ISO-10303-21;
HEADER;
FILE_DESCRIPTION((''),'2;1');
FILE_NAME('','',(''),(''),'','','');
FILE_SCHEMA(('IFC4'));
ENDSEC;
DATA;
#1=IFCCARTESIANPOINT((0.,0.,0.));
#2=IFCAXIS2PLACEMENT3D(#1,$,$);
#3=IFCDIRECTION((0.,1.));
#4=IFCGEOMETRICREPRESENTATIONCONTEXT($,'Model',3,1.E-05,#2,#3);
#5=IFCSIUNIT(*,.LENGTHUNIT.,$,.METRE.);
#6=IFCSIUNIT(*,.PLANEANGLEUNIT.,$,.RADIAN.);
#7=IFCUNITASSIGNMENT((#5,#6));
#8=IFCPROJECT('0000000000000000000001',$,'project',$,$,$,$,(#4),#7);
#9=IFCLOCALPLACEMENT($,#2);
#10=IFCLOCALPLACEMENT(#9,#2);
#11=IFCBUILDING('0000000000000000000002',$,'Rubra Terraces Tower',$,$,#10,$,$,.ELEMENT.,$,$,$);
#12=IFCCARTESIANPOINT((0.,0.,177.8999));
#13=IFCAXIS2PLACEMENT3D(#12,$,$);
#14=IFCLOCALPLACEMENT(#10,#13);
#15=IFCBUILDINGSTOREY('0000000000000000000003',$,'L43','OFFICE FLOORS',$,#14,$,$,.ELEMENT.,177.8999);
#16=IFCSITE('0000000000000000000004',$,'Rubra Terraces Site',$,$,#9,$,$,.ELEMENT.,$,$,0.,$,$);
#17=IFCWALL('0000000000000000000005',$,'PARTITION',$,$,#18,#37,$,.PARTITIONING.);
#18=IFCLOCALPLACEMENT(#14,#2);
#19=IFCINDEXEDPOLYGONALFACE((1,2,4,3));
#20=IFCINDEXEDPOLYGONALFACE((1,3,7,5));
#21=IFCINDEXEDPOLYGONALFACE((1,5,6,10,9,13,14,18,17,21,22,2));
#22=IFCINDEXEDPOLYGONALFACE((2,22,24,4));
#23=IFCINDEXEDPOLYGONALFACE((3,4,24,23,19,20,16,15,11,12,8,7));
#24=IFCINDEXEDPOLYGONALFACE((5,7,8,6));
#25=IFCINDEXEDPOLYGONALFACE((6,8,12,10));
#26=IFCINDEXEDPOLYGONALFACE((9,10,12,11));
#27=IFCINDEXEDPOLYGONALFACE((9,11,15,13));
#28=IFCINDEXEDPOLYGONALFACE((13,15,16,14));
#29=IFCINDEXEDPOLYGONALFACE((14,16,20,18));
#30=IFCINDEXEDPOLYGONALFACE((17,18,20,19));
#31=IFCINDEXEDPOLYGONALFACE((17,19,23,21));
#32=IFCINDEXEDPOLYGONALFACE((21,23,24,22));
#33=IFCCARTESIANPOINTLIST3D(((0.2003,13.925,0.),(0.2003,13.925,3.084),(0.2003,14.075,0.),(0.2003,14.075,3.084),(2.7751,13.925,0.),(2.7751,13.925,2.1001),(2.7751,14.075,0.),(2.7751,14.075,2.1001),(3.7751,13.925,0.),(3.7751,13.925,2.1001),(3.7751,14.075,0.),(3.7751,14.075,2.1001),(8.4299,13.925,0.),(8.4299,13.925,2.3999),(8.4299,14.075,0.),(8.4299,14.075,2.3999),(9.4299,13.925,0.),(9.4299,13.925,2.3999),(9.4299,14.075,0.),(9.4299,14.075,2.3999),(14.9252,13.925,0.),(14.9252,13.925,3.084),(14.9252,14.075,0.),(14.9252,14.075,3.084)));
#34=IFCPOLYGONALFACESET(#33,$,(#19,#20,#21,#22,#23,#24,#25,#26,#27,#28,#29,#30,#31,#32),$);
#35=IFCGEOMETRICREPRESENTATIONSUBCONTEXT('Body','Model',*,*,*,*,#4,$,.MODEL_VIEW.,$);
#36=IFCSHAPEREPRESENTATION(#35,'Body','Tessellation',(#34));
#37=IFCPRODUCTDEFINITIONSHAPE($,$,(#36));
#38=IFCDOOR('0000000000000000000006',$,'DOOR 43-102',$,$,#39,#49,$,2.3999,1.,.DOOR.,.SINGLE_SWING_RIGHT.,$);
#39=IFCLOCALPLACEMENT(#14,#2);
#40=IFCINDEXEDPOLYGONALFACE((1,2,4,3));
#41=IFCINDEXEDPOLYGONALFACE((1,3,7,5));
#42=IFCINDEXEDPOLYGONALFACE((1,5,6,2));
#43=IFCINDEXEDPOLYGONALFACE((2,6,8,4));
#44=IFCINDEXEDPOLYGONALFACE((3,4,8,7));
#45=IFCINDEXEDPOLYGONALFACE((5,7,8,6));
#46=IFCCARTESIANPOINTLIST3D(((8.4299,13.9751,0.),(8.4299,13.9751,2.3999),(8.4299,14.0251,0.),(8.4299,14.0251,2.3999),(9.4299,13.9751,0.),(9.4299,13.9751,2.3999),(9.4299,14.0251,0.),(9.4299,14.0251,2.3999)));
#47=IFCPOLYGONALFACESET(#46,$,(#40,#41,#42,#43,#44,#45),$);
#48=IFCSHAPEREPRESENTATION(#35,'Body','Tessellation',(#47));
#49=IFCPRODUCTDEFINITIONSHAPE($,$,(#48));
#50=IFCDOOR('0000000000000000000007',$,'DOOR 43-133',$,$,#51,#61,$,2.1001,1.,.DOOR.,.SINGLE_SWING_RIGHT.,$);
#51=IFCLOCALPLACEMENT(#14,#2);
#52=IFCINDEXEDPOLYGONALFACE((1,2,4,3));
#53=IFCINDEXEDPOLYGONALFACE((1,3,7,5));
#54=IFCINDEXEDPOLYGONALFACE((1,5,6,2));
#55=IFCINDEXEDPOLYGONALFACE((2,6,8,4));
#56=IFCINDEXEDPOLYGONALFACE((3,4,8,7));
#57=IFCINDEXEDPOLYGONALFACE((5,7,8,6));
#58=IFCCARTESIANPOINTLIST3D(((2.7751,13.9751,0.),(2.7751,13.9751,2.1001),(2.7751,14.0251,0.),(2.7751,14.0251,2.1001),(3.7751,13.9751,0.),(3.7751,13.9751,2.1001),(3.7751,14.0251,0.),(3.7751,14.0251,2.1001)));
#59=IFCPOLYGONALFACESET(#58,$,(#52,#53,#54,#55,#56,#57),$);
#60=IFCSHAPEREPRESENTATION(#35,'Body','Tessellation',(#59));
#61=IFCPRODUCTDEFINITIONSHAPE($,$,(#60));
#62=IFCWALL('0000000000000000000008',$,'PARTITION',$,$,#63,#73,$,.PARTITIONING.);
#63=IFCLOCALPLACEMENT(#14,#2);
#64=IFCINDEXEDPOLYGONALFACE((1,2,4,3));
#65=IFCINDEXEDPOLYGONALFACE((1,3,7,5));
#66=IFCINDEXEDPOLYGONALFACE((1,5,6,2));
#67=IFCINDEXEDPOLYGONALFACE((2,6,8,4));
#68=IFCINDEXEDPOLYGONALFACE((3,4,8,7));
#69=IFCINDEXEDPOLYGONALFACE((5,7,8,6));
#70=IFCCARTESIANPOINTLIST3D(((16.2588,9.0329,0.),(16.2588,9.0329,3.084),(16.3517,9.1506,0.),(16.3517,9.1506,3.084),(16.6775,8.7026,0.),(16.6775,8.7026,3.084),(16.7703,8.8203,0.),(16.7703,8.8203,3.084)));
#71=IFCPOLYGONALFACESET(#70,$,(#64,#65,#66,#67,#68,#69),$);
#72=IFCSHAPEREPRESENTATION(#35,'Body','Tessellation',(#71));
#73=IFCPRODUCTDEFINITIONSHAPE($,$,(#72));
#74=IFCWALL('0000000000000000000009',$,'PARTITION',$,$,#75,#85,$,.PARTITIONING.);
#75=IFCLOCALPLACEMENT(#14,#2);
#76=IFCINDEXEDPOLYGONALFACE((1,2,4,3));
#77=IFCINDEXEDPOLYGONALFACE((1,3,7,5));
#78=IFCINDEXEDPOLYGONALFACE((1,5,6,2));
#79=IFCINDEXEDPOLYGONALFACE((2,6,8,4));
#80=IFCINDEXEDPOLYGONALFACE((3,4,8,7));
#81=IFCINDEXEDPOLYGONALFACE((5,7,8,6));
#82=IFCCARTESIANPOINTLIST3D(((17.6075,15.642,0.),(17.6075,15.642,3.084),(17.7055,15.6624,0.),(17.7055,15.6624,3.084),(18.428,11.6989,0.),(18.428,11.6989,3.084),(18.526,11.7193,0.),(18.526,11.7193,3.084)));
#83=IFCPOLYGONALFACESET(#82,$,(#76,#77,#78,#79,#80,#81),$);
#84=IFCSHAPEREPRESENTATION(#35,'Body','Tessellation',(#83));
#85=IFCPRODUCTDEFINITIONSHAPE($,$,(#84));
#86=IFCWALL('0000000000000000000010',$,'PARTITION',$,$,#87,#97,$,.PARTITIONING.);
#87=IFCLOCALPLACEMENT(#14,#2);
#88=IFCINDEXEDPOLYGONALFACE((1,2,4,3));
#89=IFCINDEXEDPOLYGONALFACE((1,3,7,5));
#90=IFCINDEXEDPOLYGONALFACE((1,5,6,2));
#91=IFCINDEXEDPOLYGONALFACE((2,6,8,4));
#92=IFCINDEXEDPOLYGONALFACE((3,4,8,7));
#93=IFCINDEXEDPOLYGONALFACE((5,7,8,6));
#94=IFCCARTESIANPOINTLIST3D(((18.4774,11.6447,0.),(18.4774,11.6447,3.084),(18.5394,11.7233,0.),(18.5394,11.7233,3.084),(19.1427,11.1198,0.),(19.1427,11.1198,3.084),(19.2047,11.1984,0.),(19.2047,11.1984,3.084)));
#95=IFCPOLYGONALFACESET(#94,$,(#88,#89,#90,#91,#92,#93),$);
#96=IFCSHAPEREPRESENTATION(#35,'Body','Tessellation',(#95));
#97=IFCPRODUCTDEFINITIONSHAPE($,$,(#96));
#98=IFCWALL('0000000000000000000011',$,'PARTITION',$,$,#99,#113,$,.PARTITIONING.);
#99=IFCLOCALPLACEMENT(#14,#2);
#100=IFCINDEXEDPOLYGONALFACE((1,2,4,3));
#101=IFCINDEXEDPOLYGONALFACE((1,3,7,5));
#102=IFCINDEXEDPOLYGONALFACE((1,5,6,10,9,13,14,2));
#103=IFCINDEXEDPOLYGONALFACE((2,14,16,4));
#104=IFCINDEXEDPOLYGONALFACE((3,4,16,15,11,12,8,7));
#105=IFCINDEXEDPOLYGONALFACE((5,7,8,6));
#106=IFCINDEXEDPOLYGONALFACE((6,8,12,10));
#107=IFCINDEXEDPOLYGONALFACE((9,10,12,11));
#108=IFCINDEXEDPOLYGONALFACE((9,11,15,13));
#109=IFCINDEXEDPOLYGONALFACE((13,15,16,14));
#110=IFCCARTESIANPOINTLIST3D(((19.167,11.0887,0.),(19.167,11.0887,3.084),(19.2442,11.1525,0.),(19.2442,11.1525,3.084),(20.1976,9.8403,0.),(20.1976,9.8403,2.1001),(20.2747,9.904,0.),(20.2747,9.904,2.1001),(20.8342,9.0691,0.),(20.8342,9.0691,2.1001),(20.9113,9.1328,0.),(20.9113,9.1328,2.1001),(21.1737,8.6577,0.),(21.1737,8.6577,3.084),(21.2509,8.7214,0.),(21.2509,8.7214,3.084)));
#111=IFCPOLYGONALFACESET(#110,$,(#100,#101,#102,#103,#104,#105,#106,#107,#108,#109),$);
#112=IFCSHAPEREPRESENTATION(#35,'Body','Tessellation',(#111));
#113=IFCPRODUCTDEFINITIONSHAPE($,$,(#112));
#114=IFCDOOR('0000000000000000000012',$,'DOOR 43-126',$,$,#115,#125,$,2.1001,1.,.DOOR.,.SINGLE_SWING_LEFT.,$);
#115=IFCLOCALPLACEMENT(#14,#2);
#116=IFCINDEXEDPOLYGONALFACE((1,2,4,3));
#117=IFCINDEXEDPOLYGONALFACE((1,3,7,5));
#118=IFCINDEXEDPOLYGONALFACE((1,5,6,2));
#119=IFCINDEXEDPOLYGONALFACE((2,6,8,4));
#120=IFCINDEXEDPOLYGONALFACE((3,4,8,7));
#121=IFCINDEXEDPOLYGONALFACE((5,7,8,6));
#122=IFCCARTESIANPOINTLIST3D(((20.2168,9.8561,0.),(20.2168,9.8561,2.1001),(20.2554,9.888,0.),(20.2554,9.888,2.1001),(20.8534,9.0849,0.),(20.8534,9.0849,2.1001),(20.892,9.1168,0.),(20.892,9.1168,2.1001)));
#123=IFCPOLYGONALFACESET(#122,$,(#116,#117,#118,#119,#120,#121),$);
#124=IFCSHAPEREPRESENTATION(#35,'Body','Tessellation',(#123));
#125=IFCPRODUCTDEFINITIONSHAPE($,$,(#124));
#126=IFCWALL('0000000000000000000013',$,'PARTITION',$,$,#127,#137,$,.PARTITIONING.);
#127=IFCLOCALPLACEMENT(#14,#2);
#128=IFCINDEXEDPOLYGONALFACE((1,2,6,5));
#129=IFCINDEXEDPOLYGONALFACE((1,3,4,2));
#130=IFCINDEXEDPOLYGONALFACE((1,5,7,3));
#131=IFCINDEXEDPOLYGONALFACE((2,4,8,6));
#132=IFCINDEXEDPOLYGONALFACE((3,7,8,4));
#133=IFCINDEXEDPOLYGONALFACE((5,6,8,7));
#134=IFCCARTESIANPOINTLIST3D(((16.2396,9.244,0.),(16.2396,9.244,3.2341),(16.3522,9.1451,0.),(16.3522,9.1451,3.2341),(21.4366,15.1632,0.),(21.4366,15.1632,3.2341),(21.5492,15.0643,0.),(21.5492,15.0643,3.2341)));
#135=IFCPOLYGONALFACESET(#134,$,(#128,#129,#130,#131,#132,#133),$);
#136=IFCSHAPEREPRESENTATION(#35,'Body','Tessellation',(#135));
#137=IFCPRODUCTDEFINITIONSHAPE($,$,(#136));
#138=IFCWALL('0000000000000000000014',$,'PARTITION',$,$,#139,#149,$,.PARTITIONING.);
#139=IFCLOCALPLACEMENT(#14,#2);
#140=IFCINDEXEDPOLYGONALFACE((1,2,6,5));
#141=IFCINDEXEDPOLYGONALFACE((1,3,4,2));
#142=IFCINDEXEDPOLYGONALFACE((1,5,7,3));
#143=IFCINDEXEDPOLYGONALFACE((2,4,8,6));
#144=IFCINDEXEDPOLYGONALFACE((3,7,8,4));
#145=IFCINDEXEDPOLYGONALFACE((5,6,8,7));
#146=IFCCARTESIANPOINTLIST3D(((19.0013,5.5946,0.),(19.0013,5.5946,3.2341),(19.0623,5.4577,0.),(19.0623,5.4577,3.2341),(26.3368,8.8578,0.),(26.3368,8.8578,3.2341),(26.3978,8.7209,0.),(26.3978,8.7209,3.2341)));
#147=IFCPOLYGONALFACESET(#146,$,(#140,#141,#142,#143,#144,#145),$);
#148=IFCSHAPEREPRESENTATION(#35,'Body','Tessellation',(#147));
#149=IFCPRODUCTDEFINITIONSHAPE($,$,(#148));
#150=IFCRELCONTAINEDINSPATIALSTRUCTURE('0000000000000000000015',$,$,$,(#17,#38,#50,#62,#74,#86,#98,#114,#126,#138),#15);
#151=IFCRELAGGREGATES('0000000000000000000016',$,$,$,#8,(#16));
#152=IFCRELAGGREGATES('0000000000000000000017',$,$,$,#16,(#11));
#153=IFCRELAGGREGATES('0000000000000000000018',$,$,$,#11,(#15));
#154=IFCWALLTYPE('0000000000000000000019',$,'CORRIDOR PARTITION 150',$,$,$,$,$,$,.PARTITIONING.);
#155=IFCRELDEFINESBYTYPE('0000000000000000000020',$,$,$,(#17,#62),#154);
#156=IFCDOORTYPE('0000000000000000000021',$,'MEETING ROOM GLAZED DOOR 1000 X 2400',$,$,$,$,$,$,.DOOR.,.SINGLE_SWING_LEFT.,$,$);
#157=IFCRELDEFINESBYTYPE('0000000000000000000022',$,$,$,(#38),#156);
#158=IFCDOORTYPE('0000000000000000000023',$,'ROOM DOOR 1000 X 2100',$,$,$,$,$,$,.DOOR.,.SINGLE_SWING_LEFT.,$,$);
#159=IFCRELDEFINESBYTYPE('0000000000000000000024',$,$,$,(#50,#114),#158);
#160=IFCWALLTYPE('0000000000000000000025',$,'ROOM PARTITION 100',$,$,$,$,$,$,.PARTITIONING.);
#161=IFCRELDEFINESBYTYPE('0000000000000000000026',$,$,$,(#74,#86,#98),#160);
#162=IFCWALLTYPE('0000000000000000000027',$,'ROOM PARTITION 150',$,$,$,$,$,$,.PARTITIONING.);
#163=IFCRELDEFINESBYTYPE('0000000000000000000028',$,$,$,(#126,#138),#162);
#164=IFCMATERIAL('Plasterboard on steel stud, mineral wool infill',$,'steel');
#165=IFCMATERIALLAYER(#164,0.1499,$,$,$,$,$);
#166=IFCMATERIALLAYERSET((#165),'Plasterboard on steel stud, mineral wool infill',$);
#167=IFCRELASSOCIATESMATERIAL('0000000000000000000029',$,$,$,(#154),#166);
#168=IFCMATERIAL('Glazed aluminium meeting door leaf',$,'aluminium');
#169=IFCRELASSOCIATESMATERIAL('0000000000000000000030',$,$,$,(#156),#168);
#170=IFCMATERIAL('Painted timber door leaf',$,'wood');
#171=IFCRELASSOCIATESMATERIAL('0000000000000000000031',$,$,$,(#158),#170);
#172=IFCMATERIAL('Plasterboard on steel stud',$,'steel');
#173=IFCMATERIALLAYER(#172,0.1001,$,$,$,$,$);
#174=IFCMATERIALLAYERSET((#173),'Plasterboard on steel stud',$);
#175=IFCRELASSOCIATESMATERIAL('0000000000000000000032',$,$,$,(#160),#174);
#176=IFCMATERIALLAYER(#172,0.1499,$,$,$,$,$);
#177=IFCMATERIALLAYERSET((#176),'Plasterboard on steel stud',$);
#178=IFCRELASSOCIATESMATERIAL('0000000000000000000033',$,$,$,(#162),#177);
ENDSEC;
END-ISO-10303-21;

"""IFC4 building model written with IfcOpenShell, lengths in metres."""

from ifc_helpers import new_model, si_unit, direction, frame, frame_2d, origin, place, context, subcontext, project, spatial, rectangle, extrude, material, layer, layer_set, type_object, element, fill, save


model = new_model("IFC4")

# Units and contexts
model_context = context("Model", 3, precision=1e-05, world=origin(), true_north=direction((0.0, 1.0)))
body_context = subcontext(model_context, "Body", "Model", "MODEL_VIEW")
ifc_project = project(units=[si_unit("LENGTHUNIT", "METRE"), si_unit("PLANEANGLEUNIT", "RADIAN")], contexts=[model_context])

# Site, building, storey
site_placement = place(None, origin())
site = spatial("IfcSite", under=ifc_project, at=site_placement, Name="Rubra Terraces Site", CompositionType="ELEMENT", RefElevation=0.0)
building_placement = place(site_placement, origin())
building = spatial("IfcBuilding", under=site, at=building_placement, Name="Rubra Terraces Tower", CompositionType="ELEMENT")
storey_placement = place(building_placement, frame((0.0, 0.0, 177.8999)))
storey = spatial("IfcBuildingStorey", under=building, at=storey_placement, Name="L43", Description="OFFICE FLOORS", CompositionType="ELEMENT", Elevation=177.8999)

# Shared definitions
ifc_material_1 = material(Name="Plasterboard on steel stud, mineral wool infill", Category="steel")
ifc_layer_1 = layer(ifc_material_1, 0.1499)
ifc_layer_set_1 = layer_set([ifc_layer_1], Name="Plasterboard on steel stud, mineral wool infill")
wall_type_1 = type_object("IfcWallType", Name="CORRIDOR PARTITION 150", PredefinedType="PARTITIONING", material=ifc_layer_set_1)

# Wall, openings, doors
wall_1_placement = place(storey_placement, frame((14.925, 14.0, 0.0), z_axis=(0.0, 0.0, 1.0), x_axis=(-1.0, 0.0, 0.0)))
wall_1 = element("IfcWall", 1, at=wall_1_placement, inside=storey, type_object=wall_type_1, Name="PARTITION", PredefinedType="PARTITIONING", context=body_context, shape_type="SweptSolid", body=[
    extrude(rectangle(XDim=14.7249, YDim=0.1499, at=frame_2d((7.3623, 0.0))), origin(), (0.0, 0.0, 1.0), 3.084),
])
opening_1_placement = place(wall_1_placement, frame((5.4951, 0.0, 0.0)))
opening_1 = element("IfcOpeningElement", 2, at=opening_1_placement, cuts=wall_1, PredefinedType="OPENING", context=body_context, shape_type="SweptSolid", body=[
    extrude(rectangle(XDim=1.0, YDim=2.3999, at=frame_2d((0.5, 1.2))), frame((0.0, 0.085, 0.0), z_axis=(0.0, -1.0, 0.0), x_axis=(1.0, 0.0, 0.0)), (0.0, 0.0, 1.0), 0.1699),
])
opening_2_placement = place(wall_1_placement, frame((11.1499, 0.0, 0.0)))
opening_2 = element("IfcOpeningElement", 3, at=opening_2_placement, cuts=wall_1, PredefinedType="OPENING", context=body_context, shape_type="SweptSolid", body=[
    extrude(rectangle(XDim=1.0, YDim=2.1001, at=frame_2d((0.5, 1.05))), frame((0.0, 0.085, 0.0), z_axis=(0.0, -1.0, 0.0), x_axis=(1.0, 0.0, 0.0)), (0.0, 0.0, 1.0), 0.1699),
])
ifc_material_2 = material(Name="Glazed aluminium meeting door leaf", Category="aluminium")
door_type_1 = type_object("IfcDoorType", Name="MEETING ROOM GLAZED DOOR 1000 X 2400", OperationType="SINGLE_SWING_LEFT", PredefinedType="DOOR", material=ifc_material_2)
door_1_placement = place(opening_1_placement, origin())
door_1 = element("IfcDoor", 4, at=door_1_placement, inside=storey, type_object=door_type_1, Name="DOOR 43-102", OperationType="SINGLE_SWING_RIGHT", OverallHeight=2.3999, OverallWidth=1.0, PredefinedType="DOOR", context=body_context, shape_type="SweptSolid", body=[
    extrude(rectangle(XDim=1.0, YDim=2.3999, at=frame_2d((0.5, 1.2))), frame((0.0, 0.0249, 0.0), z_axis=(0.0, -1.0, 0.0), x_axis=(1.0, 0.0, 0.0)), (0.0, 0.0, 1.0), 0.05),
])
fill(opening_1, door_1)
ifc_material_3 = material(Name="Painted timber door leaf", Category="wood")
door_type_2 = type_object("IfcDoorType", Name="ROOM DOOR 1000 X 2100", OperationType="SINGLE_SWING_LEFT", PredefinedType="DOOR", material=ifc_material_3)
door_2_placement = place(opening_2_placement, origin())
door_2 = element("IfcDoor", 5, at=door_2_placement, inside=storey, type_object=door_type_2, Name="DOOR 43-133", OperationType="SINGLE_SWING_RIGHT", OverallHeight=2.1001, OverallWidth=1.0, PredefinedType="DOOR", context=body_context, shape_type="SweptSolid", body=[
    extrude(rectangle(XDim=1.0, YDim=2.1001, at=frame_2d((0.5, 1.05))), frame((0.0, 0.0249, 0.0), z_axis=(0.0, -1.0, 0.0), x_axis=(1.0, 0.0, 0.0)), (0.0, 0.0, 1.0), 0.05),
])
fill(opening_2, door_2)

# Walls
wall_2_placement = place(storey_placement, frame((16.7239, 8.7615, 0.0), z_axis=(0.0, 0.0, 1.0), x_axis=(-0.785094, 0.619377, 0.0)))
element("IfcWall", 6, at=wall_2_placement, inside=storey, type_object=wall_type_1, Name="PARTITION", PredefinedType="PARTITIONING", context=body_context, shape_type="SweptSolid", body=[
    extrude(rectangle(XDim=0.5332, YDim=0.1499, at=frame_2d((0.2666, 0.0))), origin(), (0.0, 0.0, 1.0), 3.084),
])
ifc_material_4 = material(Name="Plasterboard on steel stud", Category="steel")
ifc_layer_2 = layer(ifc_material_4, 0.1001)
ifc_layer_set_2 = layer_set([ifc_layer_2], Name="Plasterboard on steel stud")
wall_type_2 = type_object("IfcWallType", Name="ROOM PARTITION 100", PredefinedType="PARTITIONING", material=ifc_layer_set_2)
wall_3_placement = place(storey_placement, frame((17.6565, 15.6521, 0.0), z_axis=(0.0, 0.0, 1.0), x_axis=(0.203734, -0.979026, 0.0)))
element("IfcWall", 7, at=wall_3_placement, inside=storey, type_object=wall_type_2, Name="PARTITION", PredefinedType="PARTITIONING", context=body_context, shape_type="SweptSolid", body=[
    extrude(rectangle(XDim=4.0276, YDim=0.1001, at=frame_2d((2.0137, 0.0))), origin(), (0.0, 0.0, 1.0), 3.084),
])
wall_4_placement = place(storey_placement, frame((18.5083, 11.6841, 0.0), z_axis=(0.0, 0.0, 1.0), x_axis=(0.785067, -0.619411, 0.0)))
element("IfcWall", 8, at=wall_4_placement, inside=storey, type_object=wall_type_2, Name="PARTITION", PredefinedType="PARTITIONING", context=body_context, shape_type="SweptSolid", body=[
    extrude(rectangle(XDim=0.8474, YDim=0.1001, at=frame_2d((0.4238, 0.0))), origin(), (0.0, 0.0, 1.0), 3.084),
])

# Wall, opening, door
wall_5_placement = place(storey_placement, frame((19.2056, 11.1206, 0.0), z_axis=(0.0, 0.0, 1.0), x_axis=(0.636597, -0.771196, 0.0)))
wall_5 = element("IfcWall", 9, at=wall_5_placement, inside=storey, type_object=wall_type_2, Name="PARTITION", PredefinedType="PARTITIONING", context=body_context, shape_type="SweptSolid", body=[
    extrude(rectangle(XDim=3.1523, YDim=0.1001, at=frame_2d((1.5762, 0.0))), origin(), (0.0, 0.0, 1.0), 3.084),
])
opening_3_placement = place(wall_5_placement, frame((1.6189, 0.0, 0.0)))
opening_3 = element("IfcOpeningElement", 10, at=opening_3_placement, cuts=wall_5, PredefinedType="OPENING", context=body_context, shape_type="SweptSolid", body=[
    extrude(rectangle(XDim=1.0, YDim=2.1001, at=frame_2d((0.5, 1.05))), frame((0.0, 0.0601, 0.0), z_axis=(0.0, -1.0, 0.0), x_axis=(1.0, 0.0, 0.0)), (0.0, 0.0, 1.0), 0.1201),
])
door_3_placement = place(opening_3_placement, origin())
door_3 = element("IfcDoor", 11, at=door_3_placement, inside=storey, type_object=door_type_2, Name="DOOR 43-126", OperationType="SINGLE_SWING_LEFT", OverallHeight=2.1001, OverallWidth=1.0, PredefinedType="DOOR", context=body_context, shape_type="SweptSolid", body=[
    extrude(rectangle(XDim=1.0, YDim=2.1001, at=frame_2d((0.5, 1.05))), frame((0.0, 0.0249, 0.0), z_axis=(0.0, -1.0, 0.0), x_axis=(1.0, 0.0, 0.0)), (0.0, 0.0, 1.0), 0.05),
])
fill(opening_3, door_3)

# Walls
ifc_layer_3 = layer(ifc_material_4, 0.1499)
ifc_layer_set_3 = layer_set([ifc_layer_3], Name="Plasterboard on steel stud")
wall_type_3 = type_object("IfcWallType", Name="ROOM PARTITION 150", PredefinedType="PARTITIONING", material=ifc_layer_set_3)
wall_6_placement = place(storey_placement, frame((21.4929, 15.1138, 0.0), z_axis=(0.0, 0.0, 1.0), x_axis=(-0.659779, -0.75146, 0.0)))
element("IfcWall", 12, at=wall_6_placement, inside=storey, type_object=wall_type_3, Name="PARTITION", PredefinedType="PARTITIONING", context=body_context, shape_type="SweptSolid", body=[
    extrude(rectangle(XDim=7.877, YDim=0.1499, at=frame_2d((3.9385, 0.0))), origin(), (0.0, 0.0, 1.0), 3.2341),
])
wall_7_placement = place(storey_placement, frame((26.3672, 8.7893, 0.0), z_axis=(0.0, 0.0, 1.0), x_axis=(-0.913674, -0.406449, 0.0)))
element("IfcWall", 13, at=wall_7_placement, inside=storey, type_object=wall_type_3, Name="PARTITION", PredefinedType="PARTITIONING", context=body_context, shape_type="SweptSolid", body=[
    extrude(rectangle(XDim=8.0286, YDim=0.1499, at=frame_2d((4.0142, 0.0))), origin(), (0.0, 0.0, 1.0), 3.2341),
])

save(model, "model.ifc")
